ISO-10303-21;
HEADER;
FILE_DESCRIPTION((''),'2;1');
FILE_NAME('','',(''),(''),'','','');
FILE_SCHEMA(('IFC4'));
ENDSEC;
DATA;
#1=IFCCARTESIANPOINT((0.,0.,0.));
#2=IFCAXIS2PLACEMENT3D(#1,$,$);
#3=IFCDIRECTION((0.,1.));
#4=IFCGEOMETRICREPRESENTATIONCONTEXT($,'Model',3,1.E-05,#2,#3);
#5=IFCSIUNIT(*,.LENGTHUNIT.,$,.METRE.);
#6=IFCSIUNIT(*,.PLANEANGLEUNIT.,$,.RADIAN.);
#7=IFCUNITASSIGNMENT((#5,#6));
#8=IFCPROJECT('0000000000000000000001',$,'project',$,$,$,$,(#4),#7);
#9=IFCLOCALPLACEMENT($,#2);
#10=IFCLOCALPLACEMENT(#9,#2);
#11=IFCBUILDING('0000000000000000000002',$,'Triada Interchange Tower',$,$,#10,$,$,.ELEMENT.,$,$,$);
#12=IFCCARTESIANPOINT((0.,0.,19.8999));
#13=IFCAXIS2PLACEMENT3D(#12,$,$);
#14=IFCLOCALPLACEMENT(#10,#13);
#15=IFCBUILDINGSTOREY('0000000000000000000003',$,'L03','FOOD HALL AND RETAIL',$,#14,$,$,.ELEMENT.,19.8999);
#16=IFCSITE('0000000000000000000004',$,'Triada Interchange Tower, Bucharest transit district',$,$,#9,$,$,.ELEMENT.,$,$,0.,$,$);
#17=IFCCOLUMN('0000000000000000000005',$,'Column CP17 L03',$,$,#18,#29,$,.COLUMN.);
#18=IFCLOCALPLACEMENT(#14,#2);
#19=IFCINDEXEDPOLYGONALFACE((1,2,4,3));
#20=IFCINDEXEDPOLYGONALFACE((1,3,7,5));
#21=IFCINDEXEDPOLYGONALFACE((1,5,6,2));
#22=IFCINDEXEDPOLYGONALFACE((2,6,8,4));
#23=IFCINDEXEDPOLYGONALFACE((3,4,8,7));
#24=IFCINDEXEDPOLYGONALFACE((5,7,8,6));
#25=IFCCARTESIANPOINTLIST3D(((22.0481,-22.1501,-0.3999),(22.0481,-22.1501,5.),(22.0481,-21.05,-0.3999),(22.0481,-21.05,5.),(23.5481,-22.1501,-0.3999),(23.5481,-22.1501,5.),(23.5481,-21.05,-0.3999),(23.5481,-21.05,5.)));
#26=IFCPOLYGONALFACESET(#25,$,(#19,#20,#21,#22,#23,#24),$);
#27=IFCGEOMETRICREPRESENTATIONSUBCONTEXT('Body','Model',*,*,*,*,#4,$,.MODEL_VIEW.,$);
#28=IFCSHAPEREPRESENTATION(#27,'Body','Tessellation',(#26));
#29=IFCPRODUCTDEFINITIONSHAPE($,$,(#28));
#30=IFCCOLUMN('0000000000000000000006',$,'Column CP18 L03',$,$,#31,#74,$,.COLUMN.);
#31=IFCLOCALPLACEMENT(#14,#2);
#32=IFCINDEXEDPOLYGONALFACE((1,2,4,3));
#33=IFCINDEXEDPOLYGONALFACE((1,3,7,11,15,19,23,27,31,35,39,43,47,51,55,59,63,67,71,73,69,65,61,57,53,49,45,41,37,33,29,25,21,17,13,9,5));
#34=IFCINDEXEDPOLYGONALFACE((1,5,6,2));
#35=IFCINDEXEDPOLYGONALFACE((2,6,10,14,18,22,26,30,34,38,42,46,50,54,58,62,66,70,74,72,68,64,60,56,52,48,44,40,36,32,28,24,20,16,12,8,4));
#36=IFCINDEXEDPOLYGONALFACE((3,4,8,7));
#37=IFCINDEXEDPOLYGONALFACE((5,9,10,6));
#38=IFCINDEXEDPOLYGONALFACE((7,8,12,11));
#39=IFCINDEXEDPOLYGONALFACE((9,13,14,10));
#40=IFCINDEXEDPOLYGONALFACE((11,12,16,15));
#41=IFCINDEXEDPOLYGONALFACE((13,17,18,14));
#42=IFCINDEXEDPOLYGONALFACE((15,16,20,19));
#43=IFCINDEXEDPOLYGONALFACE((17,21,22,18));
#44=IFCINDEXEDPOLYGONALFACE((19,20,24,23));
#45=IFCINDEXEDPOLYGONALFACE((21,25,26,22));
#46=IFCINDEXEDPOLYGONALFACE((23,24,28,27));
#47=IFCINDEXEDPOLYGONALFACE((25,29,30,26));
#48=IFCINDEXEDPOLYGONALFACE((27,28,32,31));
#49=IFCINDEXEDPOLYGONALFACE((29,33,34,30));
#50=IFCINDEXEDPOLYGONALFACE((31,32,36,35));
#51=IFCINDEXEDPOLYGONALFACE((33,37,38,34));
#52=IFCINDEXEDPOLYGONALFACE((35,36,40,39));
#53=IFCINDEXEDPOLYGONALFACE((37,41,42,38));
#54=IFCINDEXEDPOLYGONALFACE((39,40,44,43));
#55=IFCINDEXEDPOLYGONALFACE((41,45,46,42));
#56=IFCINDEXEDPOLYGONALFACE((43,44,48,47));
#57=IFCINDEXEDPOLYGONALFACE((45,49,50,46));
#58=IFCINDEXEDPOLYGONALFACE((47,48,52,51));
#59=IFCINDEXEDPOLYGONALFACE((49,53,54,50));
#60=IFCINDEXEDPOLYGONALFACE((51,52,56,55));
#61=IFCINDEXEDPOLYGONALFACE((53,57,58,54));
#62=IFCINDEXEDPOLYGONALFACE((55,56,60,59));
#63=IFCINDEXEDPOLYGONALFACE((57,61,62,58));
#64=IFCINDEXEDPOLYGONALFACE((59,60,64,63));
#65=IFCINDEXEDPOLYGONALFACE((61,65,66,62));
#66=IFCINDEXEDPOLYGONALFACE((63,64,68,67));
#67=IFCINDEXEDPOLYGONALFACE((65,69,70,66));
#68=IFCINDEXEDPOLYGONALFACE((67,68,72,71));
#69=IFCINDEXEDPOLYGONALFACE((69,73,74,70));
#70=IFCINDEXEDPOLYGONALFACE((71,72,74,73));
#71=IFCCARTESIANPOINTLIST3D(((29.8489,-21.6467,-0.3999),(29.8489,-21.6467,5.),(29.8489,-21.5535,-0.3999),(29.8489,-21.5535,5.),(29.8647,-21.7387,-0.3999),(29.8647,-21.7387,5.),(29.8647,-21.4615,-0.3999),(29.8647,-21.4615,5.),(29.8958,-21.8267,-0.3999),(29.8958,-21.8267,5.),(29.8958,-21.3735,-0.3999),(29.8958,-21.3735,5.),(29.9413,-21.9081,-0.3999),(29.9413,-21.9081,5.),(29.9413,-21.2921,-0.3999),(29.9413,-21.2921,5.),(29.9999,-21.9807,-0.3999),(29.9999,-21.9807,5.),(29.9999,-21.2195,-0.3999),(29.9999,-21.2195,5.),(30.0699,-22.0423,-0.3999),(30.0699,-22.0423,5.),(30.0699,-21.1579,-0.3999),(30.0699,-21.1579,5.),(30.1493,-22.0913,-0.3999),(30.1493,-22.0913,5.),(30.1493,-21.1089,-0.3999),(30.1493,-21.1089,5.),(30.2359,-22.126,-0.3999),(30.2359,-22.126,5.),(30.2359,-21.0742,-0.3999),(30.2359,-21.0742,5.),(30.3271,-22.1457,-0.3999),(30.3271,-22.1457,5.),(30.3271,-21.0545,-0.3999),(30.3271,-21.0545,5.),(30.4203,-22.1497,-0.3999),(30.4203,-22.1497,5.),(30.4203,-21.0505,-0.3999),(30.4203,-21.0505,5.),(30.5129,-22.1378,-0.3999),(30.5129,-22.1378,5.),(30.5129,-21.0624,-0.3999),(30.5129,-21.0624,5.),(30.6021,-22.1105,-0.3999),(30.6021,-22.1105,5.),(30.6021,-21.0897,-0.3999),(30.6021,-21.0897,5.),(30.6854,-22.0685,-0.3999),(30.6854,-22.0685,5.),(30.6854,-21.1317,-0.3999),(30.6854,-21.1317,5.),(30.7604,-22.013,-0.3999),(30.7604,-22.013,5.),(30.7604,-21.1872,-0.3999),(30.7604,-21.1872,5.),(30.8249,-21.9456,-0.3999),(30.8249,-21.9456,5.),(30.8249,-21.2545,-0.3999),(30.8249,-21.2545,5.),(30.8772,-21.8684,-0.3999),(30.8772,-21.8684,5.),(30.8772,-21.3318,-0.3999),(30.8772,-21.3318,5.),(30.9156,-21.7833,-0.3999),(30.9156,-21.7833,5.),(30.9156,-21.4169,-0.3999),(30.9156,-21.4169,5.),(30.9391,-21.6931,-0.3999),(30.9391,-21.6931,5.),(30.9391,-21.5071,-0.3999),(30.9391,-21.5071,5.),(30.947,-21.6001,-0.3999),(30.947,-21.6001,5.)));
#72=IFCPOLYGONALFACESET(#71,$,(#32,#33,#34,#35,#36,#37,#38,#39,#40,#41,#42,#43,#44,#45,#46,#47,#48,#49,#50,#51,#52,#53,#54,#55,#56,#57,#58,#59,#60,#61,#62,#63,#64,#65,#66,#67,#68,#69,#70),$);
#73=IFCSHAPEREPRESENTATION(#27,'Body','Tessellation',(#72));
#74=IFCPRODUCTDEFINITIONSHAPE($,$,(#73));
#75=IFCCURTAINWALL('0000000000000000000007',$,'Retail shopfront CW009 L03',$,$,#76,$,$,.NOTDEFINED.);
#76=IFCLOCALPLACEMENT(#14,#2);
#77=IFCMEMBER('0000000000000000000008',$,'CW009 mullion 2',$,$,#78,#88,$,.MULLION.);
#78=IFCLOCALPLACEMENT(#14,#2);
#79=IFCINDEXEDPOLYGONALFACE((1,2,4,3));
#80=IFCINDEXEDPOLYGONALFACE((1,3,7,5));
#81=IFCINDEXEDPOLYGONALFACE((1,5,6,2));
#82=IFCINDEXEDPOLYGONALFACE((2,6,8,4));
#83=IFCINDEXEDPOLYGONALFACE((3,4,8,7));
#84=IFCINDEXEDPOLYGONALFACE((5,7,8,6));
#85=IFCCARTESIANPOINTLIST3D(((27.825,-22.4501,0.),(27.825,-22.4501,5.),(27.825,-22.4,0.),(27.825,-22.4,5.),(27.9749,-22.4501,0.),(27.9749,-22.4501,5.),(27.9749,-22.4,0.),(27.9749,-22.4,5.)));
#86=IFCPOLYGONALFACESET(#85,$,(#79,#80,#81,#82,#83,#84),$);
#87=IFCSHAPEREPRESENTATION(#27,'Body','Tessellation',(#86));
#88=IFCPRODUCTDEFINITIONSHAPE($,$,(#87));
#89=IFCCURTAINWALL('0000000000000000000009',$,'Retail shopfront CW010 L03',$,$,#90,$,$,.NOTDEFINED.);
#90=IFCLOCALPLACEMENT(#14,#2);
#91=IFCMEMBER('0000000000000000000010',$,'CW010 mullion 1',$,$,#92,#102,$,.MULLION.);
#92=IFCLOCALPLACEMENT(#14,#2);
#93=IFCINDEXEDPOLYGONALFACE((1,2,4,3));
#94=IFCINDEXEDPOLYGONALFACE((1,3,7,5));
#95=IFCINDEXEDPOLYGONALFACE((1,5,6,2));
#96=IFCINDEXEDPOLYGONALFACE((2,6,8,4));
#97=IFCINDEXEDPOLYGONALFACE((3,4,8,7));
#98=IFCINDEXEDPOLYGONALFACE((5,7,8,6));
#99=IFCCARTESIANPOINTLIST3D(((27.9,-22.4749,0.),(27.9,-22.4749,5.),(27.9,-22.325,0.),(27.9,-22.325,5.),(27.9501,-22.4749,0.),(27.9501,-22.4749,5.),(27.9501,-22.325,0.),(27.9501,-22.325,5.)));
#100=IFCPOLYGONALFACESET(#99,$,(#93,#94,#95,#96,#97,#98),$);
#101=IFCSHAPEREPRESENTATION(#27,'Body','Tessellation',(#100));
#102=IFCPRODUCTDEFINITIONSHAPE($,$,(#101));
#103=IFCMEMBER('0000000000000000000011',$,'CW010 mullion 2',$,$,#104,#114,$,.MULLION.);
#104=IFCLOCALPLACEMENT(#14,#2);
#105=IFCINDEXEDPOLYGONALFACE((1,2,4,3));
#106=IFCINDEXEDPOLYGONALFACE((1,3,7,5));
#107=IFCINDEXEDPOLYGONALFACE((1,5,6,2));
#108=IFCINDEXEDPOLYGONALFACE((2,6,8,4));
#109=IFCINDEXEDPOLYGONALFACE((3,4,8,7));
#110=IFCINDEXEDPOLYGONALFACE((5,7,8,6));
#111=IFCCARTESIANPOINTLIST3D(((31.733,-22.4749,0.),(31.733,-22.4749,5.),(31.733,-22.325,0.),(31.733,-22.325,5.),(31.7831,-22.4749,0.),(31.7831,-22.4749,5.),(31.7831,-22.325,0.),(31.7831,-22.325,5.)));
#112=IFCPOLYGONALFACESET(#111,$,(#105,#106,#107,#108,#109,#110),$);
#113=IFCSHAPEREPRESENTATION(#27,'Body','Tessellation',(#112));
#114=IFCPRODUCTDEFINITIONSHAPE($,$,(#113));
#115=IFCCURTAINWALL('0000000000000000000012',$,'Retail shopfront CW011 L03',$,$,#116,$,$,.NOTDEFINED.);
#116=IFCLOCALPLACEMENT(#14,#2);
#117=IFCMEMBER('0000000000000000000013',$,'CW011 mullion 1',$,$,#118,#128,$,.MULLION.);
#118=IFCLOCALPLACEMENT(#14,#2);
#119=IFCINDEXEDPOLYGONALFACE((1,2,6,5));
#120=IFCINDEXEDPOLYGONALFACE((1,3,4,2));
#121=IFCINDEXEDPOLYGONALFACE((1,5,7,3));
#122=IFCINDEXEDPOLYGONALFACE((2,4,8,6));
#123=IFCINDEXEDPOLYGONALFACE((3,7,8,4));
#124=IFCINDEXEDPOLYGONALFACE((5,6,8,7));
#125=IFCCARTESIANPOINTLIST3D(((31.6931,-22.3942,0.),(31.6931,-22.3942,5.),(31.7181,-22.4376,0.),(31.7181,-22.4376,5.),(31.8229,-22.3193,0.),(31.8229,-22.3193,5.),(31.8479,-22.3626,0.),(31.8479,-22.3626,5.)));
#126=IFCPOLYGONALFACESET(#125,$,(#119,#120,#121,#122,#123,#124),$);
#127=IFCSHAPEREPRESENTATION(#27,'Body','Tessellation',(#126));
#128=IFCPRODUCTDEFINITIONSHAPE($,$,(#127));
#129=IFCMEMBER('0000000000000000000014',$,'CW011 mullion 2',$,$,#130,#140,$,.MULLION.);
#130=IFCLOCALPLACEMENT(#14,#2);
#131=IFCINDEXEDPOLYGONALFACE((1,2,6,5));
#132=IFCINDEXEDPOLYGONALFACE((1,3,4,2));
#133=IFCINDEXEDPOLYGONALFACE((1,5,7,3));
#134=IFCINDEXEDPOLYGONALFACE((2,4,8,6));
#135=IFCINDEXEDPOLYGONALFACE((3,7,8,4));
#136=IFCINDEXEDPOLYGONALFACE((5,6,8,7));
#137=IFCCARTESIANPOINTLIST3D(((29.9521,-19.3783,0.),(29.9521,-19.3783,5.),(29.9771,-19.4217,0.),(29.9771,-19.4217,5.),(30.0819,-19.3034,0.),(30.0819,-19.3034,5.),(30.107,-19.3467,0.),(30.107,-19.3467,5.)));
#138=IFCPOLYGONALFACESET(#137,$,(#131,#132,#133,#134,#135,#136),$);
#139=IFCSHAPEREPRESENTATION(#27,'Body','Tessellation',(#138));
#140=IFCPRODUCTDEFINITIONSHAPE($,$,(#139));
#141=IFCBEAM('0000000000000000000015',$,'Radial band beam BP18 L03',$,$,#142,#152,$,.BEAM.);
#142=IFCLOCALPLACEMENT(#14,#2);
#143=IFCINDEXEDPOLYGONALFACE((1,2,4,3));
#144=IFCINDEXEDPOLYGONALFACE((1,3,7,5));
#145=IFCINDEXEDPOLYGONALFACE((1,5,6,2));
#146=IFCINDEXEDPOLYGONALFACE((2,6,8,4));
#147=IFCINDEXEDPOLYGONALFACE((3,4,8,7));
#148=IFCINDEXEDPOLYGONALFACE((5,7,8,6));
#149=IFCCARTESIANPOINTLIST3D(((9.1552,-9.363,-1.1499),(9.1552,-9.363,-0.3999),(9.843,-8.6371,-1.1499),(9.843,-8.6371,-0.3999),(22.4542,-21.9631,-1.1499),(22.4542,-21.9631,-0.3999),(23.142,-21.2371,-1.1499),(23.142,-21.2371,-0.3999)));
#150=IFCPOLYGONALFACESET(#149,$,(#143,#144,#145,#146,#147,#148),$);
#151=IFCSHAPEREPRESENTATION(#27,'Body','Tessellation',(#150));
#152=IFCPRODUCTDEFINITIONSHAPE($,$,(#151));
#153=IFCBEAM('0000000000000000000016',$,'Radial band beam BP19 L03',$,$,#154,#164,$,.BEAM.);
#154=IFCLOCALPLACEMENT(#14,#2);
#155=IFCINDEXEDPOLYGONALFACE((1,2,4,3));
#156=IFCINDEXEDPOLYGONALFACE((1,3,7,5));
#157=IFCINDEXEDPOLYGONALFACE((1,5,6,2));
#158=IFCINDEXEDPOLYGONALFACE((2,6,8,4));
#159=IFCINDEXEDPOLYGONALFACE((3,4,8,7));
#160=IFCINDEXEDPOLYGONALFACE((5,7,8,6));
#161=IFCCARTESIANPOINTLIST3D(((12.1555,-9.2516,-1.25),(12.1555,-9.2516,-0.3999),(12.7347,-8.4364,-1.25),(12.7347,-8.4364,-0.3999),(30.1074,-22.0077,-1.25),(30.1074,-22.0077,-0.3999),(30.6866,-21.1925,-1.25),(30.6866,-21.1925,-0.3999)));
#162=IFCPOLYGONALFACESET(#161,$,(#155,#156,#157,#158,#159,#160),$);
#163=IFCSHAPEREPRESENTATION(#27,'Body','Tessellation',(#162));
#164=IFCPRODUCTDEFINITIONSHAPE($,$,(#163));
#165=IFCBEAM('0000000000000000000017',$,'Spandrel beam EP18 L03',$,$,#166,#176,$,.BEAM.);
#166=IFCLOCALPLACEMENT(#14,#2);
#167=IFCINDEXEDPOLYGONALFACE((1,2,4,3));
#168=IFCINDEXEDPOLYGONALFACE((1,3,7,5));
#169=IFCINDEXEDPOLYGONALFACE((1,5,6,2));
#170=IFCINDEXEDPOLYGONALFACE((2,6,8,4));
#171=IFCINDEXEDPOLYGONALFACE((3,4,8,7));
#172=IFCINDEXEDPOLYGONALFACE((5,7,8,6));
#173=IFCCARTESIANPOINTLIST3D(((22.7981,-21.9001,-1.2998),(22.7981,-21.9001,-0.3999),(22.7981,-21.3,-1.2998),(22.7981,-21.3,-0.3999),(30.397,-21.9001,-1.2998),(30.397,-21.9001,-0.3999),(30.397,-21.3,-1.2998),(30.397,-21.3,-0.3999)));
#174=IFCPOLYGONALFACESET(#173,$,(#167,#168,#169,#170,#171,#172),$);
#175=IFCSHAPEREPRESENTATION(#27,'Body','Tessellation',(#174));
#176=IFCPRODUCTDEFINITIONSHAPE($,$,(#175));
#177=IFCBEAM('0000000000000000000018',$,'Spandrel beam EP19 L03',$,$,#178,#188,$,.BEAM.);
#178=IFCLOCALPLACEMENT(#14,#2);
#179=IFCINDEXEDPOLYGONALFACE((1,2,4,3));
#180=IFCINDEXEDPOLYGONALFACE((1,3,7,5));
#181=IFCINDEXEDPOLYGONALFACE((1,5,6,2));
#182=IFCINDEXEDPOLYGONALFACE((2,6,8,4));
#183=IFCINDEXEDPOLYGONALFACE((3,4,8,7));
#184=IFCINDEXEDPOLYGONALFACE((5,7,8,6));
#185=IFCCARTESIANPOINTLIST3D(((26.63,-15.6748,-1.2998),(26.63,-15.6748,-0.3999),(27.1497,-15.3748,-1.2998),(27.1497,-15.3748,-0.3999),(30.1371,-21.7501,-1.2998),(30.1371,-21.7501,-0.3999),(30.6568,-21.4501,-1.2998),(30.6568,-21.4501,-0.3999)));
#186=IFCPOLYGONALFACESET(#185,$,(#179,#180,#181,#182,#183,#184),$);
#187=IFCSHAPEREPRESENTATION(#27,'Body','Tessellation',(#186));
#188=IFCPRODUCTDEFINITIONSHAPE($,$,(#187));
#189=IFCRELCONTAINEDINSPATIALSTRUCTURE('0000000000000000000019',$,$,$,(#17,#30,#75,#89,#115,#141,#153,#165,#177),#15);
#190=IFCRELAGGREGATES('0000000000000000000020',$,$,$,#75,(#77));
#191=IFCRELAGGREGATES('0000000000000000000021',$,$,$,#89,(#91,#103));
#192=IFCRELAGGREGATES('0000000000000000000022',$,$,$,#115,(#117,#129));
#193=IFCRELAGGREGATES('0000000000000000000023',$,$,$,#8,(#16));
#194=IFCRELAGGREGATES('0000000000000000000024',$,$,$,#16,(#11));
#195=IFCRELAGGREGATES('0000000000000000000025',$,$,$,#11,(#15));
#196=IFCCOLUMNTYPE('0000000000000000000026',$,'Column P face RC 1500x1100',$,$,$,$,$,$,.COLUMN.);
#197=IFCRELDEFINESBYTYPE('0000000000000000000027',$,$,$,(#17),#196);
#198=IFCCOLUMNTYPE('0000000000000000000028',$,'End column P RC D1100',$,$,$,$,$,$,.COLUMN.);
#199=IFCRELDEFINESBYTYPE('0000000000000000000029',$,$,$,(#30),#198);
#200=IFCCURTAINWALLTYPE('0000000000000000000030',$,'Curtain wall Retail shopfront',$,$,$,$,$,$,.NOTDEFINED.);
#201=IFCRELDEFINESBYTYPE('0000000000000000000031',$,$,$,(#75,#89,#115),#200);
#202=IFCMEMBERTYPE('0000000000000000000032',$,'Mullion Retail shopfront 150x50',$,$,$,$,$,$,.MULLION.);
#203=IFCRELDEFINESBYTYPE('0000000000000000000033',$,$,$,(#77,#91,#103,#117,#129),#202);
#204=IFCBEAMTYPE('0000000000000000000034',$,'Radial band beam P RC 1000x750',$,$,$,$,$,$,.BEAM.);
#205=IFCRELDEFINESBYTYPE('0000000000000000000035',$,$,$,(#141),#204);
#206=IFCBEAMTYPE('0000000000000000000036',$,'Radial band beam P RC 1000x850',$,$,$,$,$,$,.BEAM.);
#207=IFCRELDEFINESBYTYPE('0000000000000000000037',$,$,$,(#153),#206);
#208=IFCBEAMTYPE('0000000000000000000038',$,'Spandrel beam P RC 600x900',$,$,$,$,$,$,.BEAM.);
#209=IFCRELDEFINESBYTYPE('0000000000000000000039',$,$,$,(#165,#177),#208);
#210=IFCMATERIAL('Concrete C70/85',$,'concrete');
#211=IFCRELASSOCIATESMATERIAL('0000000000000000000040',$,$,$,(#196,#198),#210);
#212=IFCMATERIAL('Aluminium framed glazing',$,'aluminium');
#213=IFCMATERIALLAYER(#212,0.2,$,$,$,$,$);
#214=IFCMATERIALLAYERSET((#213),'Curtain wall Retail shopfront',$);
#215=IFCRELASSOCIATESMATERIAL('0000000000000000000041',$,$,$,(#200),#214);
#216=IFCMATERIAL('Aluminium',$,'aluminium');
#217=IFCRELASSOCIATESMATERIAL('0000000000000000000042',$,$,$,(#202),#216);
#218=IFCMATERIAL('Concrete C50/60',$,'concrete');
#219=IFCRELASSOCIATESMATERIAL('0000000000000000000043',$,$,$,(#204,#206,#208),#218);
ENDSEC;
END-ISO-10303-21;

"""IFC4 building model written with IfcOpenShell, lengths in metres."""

from ifc_helpers import new_model, si_unit, direction, frame, origin, origin_2d, place, context, subcontext, project, spatial, rectangle, circle, extrude, material, layer, layer_set, material_profile, profile_set, type_object, element, aggregate, save


model = new_model("IFC4")

# Units and contexts
model_context = context("Model", 3, precision=1e-05, world=origin(), true_north=direction((0.0, 1.0)))
body_context = subcontext(model_context, "Body", "Model", "MODEL_VIEW")
ifc_project = project(units=[si_unit("LENGTHUNIT", "METRE"), si_unit("PLANEANGLEUNIT", "RADIAN")], contexts=[model_context])

# Site, building, storey
site_placement = place(None, origin())
site = spatial("IfcSite", under=ifc_project, at=site_placement, Name="Triada Interchange Tower, Bucharest transit district", CompositionType="ELEMENT", RefElevation=0.0)
building_placement = place(site_placement, origin())
building = spatial("IfcBuilding", under=site, at=building_placement, Name="Triada Interchange Tower", CompositionType="ELEMENT")
storey_placement = place(building_placement, frame((0.0, 0.0, 19.8999)))
storey = spatial("IfcBuildingStorey", under=building, at=storey_placement, Name="L03", Description="FOOD HALL AND RETAIL", CompositionType="ELEMENT", Elevation=19.8999)

# Columns
ifc_material_1 = material(Name="Concrete C70/85", Category="concrete")
ifc_material_profile_1 = material_profile(ifc_material_1, rectangle(XDim=1.5, YDim=1.1001, at=origin_2d()), Name="RC 1500x1100")
ifc_profile_set_1 = profile_set([ifc_material_profile_1], Name="Concrete C70/85")
column_type_1 = type_object("IfcColumnType", Name="Column P face RC 1500x1100", PredefinedType="COLUMN", material=ifc_profile_set_1)
column_1_placement = place(storey_placement, frame((22.7981, -21.6001, -0.3999), z_axis=(0.0, 0.0, 1.0), x_axis=(1.0, 0.0, 0.0)))
element("IfcColumn", 1, at=column_1_placement, inside=storey, type_object=column_type_1, Name="Column CP17 L03", PredefinedType="COLUMN", context=body_context, shape_type="SweptSolid", body=[
    extrude(rectangle(XDim=1.5, YDim=1.1001, at=origin_2d()), origin(), (0.0, 0.0, 1.0), 5.3999),
])
ifc_material_profile_2 = material_profile(ifc_material_1, circle(Radius=0.55, at=origin_2d()), Name="RC D1100")
ifc_profile_set_2 = profile_set([ifc_material_profile_2], Name="Concrete C70/85")
column_type_2 = type_object("IfcColumnType", Name="End column P RC D1100", PredefinedType="COLUMN", material=ifc_profile_set_2)
column_2_placement = place(storey_placement, frame((30.397, -21.6001, -0.3999), z_axis=(0.0, 0.0, 1.0), x_axis=(1.0, 0.0, 0.0)))
element("IfcColumn", 2, at=column_2_placement, inside=storey, type_object=column_type_2, Name="Column CP18 L03", PredefinedType="COLUMN", context=body_context, shape_type="SweptSolid", body=[
    extrude(circle(Radius=0.55, at=origin_2d()), origin(), (0.0, 0.0, 1.0), 5.3999),
])

# Curtain wall, member
ifc_material_2 = material(Name="Aluminium framed glazing", Category="aluminium")
ifc_layer_1 = layer(ifc_material_2, 0.2)
ifc_layer_set_1 = layer_set([ifc_layer_1], Name="Curtain wall Retail shopfront")
curtain_wall_type = type_object("IfcCurtainWallType", Name="Curtain wall Retail shopfront", PredefinedType="NOTDEFINED", material=ifc_layer_set_1)
curtain_wall_1_placement = place(storey_placement, origin())
curtain_wall_1 = element("IfcCurtainWall", 3, at=curtain_wall_1_placement, inside=storey, type_object=curtain_wall_type, Name="Retail shopfront CW009 L03", PredefinedType="NOTDEFINED")
ifc_material_3 = material(Name="Aluminium", Category="aluminium")
ifc_material_profile_3 = material_profile(ifc_material_3, rectangle(XDim=0.1499, YDim=0.05, at=origin_2d()), Name="Aluminium mullion")
ifc_profile_set_3 = profile_set([ifc_material_profile_3], Name="Aluminium")
member_type_1 = type_object("IfcMemberType", Name="Mullion Retail shopfront 150x50", PredefinedType="MULLION", material=ifc_profile_set_3)
member_1_placement = place(storey_placement, frame((27.8999, -22.425, 0.0), z_axis=(0.0, 0.0, 1.0), x_axis=(-1.0, 0.0, 0.0)))
member_1 = element("IfcMember", 4, at=member_1_placement, type_object=member_type_1, Name="CW009 mullion 2", PredefinedType="MULLION", context=body_context, shape_type="SweptSolid", body=[
    extrude(rectangle(XDim=0.1499, YDim=0.05, at=origin_2d()), origin(), (0.0, 0.0, 1.0), 5.0),
])

# Curtain walls, members
curtain_wall_2_placement = place(storey_placement, origin())
curtain_wall_2 = element("IfcCurtainWall", 5, at=curtain_wall_2_placement, inside=storey, type_object=curtain_wall_type, Name="Retail shopfront CW010 L03", PredefinedType="NOTDEFINED")
member_2_placement = place(storey_placement, frame((27.925, -22.3999, 0.0), z_axis=(0.0, 0.0, 1.0), x_axis=(0.0, 1.0, 0.0)))
member_2 = element("IfcMember", 6, at=member_2_placement, type_object=member_type_1, Name="CW010 mullion 1", PredefinedType="MULLION", context=body_context, shape_type="SweptSolid", body=[
    extrude(rectangle(XDim=0.1499, YDim=0.05, at=origin_2d()), origin(), (0.0, 0.0, 1.0), 5.0),
])
member_3_placement = place(storey_placement, frame((31.7581, -22.3999, 0.0), z_axis=(0.0, 0.0, 1.0), x_axis=(0.0, 1.0, 0.0)))
member_3 = element("IfcMember", 7, at=member_3_placement, type_object=member_type_1, Name="CW010 mullion 2", PredefinedType="MULLION", context=body_context, shape_type="SweptSolid", body=[
    extrude(rectangle(XDim=0.1499, YDim=0.05, at=origin_2d()), origin(), (0.0, 0.0, 1.0), 5.0),
])
curtain_wall_3_placement = place(storey_placement, origin())
curtain_wall_3 = element("IfcCurtainWall", 8, at=curtain_wall_3_placement, inside=storey, type_object=curtain_wall_type, Name="Retail shopfront CW011 L03", PredefinedType="NOTDEFINED")
member_4_placement = place(storey_placement, frame((31.7705, -22.3784, 0.0), z_axis=(0.0, 0.0, 1.0), x_axis=(-0.86605, -0.499957, 0.0)))
member_4 = element("IfcMember", 9, at=member_4_placement, type_object=member_type_1, Name="CW011 mullion 1", PredefinedType="MULLION", context=body_context, shape_type="SweptSolid", body=[
    extrude(rectangle(XDim=0.1499, YDim=0.05, at=origin_2d()), origin(), (0.0, 0.0, 1.0), 5.0),
])
member_5_placement = place(storey_placement, frame((30.0295, -19.3625, 0.0), z_axis=(0.0, 0.0, 1.0), x_axis=(-0.86605, -0.499957, 0.0)))
member_5 = element("IfcMember", 10, at=member_5_placement, type_object=member_type_1, Name="CW011 mullion 2", PredefinedType="MULLION", context=body_context, shape_type="SweptSolid", body=[
    extrude(rectangle(XDim=0.1499, YDim=0.05, at=origin_2d()), origin(), (0.0, 0.0, 1.0), 5.0),
])

# Beams
ifc_material_4 = material(Name="Concrete C50/60", Category="concrete")
ifc_material_profile_4 = material_profile(ifc_material_4, rectangle(XDim=1.0, YDim=0.75, at=origin_2d()), Name="RC 1000x750")
ifc_profile_set_4 = profile_set([ifc_material_profile_4], Name="Concrete C50/60")
beam_type_1 = type_object("IfcBeamType", Name="Radial band beam P RC 1000x750", PredefinedType="BEAM", material=ifc_profile_set_4)
beam_1_placement = place(storey_placement, frame((22.7981, -21.6001, -0.7749), z_axis=(-0.725926, 0.687773, 0.0), x_axis=(-0.687773, -0.725926, 0.0)))
element("IfcBeam", 11, at=beam_1_placement, inside=storey, type_object=beam_type_1, Name="Radial band beam BP18 L03", PredefinedType="BEAM", context=body_context, shape_type="SweptSolid", body=[
    extrude(rectangle(XDim=1.0, YDim=0.75, at=origin_2d()), origin(), (0.0, 0.0, 1.0), 18.3201),
])
ifc_material_profile_5 = material_profile(ifc_material_4, rectangle(XDim=1.0, YDim=0.8501, at=origin_2d()), Name="RC 1000x850")
ifc_profile_set_5 = profile_set([ifc_material_profile_5], Name="Concrete C50/60")
beam_type_2 = type_object("IfcBeamType", Name="Radial band beam P RC 1000x850", PredefinedType="BEAM", material=ifc_profile_set_5)
beam_2_placement = place(storey_placement, frame((30.397, -21.6001, -0.825), z_axis=(-0.815163, 0.579231, 0.0), x_axis=(-0.579231, -0.815163, 0.0)))
element("IfcBeam", 12, at=beam_2_placement, inside=storey, type_object=beam_type_2, Name="Radial band beam BP19 L03", PredefinedType="BEAM", context=body_context, shape_type="SweptSolid", body=[
    extrude(rectangle(XDim=1.0, YDim=0.8501, at=origin_2d()), origin(), (0.0, 0.0, 1.0), 22.0225),
])
ifc_material_profile_6 = material_profile(ifc_material_4, rectangle(XDim=0.6001, YDim=0.8999, at=origin_2d()), Name="RC 600x900")
ifc_profile_set_6 = profile_set([ifc_material_profile_6], Name="Concrete C50/60")
beam_type_3 = type_object("IfcBeamType", Name="Spandrel beam P RC 600x900", PredefinedType="BEAM", material=ifc_profile_set_6)
beam_3_placement = place(storey_placement, frame((22.7981, -21.6001, -0.8499), z_axis=(1.0, 0.0, 0.0), x_axis=(0.0, 1.0, 0.0)))
element("IfcBeam", 13, at=beam_3_placement, inside=storey, type_object=beam_type_3, Name="Spandrel beam EP18 L03", PredefinedType="BEAM", context=body_context, shape_type="SweptSolid", body=[
    extrude(rectangle(XDim=0.6001, YDim=0.8999, at=origin_2d()), origin(), (0.0, 0.0, 1.0), 7.5989),
])
beam_4_placement = place(storey_placement, frame((30.397, -21.6001, -0.8499), z_axis=(-0.499953, 0.866052, 0.0), x_axis=(-0.866052, -0.499953, 0.0)))
element("IfcBeam", 14, at=beam_4_placement, inside=storey, type_object=beam_type_3, Name="Spandrel beam EP19 L03", PredefinedType="BEAM", context=body_context, shape_type="SweptSolid", body=[
    extrude(rectangle(XDim=0.6001, YDim=0.8999, at=origin_2d()), origin(), (0.0, 0.0, 1.0), 7.0149),
])

aggregate(curtain_wall_1, [member_1])
aggregate(curtain_wall_2, [member_2, member_3])
aggregate(curtain_wall_3, [member_4, member_5])

save(model, "model.ifc")
